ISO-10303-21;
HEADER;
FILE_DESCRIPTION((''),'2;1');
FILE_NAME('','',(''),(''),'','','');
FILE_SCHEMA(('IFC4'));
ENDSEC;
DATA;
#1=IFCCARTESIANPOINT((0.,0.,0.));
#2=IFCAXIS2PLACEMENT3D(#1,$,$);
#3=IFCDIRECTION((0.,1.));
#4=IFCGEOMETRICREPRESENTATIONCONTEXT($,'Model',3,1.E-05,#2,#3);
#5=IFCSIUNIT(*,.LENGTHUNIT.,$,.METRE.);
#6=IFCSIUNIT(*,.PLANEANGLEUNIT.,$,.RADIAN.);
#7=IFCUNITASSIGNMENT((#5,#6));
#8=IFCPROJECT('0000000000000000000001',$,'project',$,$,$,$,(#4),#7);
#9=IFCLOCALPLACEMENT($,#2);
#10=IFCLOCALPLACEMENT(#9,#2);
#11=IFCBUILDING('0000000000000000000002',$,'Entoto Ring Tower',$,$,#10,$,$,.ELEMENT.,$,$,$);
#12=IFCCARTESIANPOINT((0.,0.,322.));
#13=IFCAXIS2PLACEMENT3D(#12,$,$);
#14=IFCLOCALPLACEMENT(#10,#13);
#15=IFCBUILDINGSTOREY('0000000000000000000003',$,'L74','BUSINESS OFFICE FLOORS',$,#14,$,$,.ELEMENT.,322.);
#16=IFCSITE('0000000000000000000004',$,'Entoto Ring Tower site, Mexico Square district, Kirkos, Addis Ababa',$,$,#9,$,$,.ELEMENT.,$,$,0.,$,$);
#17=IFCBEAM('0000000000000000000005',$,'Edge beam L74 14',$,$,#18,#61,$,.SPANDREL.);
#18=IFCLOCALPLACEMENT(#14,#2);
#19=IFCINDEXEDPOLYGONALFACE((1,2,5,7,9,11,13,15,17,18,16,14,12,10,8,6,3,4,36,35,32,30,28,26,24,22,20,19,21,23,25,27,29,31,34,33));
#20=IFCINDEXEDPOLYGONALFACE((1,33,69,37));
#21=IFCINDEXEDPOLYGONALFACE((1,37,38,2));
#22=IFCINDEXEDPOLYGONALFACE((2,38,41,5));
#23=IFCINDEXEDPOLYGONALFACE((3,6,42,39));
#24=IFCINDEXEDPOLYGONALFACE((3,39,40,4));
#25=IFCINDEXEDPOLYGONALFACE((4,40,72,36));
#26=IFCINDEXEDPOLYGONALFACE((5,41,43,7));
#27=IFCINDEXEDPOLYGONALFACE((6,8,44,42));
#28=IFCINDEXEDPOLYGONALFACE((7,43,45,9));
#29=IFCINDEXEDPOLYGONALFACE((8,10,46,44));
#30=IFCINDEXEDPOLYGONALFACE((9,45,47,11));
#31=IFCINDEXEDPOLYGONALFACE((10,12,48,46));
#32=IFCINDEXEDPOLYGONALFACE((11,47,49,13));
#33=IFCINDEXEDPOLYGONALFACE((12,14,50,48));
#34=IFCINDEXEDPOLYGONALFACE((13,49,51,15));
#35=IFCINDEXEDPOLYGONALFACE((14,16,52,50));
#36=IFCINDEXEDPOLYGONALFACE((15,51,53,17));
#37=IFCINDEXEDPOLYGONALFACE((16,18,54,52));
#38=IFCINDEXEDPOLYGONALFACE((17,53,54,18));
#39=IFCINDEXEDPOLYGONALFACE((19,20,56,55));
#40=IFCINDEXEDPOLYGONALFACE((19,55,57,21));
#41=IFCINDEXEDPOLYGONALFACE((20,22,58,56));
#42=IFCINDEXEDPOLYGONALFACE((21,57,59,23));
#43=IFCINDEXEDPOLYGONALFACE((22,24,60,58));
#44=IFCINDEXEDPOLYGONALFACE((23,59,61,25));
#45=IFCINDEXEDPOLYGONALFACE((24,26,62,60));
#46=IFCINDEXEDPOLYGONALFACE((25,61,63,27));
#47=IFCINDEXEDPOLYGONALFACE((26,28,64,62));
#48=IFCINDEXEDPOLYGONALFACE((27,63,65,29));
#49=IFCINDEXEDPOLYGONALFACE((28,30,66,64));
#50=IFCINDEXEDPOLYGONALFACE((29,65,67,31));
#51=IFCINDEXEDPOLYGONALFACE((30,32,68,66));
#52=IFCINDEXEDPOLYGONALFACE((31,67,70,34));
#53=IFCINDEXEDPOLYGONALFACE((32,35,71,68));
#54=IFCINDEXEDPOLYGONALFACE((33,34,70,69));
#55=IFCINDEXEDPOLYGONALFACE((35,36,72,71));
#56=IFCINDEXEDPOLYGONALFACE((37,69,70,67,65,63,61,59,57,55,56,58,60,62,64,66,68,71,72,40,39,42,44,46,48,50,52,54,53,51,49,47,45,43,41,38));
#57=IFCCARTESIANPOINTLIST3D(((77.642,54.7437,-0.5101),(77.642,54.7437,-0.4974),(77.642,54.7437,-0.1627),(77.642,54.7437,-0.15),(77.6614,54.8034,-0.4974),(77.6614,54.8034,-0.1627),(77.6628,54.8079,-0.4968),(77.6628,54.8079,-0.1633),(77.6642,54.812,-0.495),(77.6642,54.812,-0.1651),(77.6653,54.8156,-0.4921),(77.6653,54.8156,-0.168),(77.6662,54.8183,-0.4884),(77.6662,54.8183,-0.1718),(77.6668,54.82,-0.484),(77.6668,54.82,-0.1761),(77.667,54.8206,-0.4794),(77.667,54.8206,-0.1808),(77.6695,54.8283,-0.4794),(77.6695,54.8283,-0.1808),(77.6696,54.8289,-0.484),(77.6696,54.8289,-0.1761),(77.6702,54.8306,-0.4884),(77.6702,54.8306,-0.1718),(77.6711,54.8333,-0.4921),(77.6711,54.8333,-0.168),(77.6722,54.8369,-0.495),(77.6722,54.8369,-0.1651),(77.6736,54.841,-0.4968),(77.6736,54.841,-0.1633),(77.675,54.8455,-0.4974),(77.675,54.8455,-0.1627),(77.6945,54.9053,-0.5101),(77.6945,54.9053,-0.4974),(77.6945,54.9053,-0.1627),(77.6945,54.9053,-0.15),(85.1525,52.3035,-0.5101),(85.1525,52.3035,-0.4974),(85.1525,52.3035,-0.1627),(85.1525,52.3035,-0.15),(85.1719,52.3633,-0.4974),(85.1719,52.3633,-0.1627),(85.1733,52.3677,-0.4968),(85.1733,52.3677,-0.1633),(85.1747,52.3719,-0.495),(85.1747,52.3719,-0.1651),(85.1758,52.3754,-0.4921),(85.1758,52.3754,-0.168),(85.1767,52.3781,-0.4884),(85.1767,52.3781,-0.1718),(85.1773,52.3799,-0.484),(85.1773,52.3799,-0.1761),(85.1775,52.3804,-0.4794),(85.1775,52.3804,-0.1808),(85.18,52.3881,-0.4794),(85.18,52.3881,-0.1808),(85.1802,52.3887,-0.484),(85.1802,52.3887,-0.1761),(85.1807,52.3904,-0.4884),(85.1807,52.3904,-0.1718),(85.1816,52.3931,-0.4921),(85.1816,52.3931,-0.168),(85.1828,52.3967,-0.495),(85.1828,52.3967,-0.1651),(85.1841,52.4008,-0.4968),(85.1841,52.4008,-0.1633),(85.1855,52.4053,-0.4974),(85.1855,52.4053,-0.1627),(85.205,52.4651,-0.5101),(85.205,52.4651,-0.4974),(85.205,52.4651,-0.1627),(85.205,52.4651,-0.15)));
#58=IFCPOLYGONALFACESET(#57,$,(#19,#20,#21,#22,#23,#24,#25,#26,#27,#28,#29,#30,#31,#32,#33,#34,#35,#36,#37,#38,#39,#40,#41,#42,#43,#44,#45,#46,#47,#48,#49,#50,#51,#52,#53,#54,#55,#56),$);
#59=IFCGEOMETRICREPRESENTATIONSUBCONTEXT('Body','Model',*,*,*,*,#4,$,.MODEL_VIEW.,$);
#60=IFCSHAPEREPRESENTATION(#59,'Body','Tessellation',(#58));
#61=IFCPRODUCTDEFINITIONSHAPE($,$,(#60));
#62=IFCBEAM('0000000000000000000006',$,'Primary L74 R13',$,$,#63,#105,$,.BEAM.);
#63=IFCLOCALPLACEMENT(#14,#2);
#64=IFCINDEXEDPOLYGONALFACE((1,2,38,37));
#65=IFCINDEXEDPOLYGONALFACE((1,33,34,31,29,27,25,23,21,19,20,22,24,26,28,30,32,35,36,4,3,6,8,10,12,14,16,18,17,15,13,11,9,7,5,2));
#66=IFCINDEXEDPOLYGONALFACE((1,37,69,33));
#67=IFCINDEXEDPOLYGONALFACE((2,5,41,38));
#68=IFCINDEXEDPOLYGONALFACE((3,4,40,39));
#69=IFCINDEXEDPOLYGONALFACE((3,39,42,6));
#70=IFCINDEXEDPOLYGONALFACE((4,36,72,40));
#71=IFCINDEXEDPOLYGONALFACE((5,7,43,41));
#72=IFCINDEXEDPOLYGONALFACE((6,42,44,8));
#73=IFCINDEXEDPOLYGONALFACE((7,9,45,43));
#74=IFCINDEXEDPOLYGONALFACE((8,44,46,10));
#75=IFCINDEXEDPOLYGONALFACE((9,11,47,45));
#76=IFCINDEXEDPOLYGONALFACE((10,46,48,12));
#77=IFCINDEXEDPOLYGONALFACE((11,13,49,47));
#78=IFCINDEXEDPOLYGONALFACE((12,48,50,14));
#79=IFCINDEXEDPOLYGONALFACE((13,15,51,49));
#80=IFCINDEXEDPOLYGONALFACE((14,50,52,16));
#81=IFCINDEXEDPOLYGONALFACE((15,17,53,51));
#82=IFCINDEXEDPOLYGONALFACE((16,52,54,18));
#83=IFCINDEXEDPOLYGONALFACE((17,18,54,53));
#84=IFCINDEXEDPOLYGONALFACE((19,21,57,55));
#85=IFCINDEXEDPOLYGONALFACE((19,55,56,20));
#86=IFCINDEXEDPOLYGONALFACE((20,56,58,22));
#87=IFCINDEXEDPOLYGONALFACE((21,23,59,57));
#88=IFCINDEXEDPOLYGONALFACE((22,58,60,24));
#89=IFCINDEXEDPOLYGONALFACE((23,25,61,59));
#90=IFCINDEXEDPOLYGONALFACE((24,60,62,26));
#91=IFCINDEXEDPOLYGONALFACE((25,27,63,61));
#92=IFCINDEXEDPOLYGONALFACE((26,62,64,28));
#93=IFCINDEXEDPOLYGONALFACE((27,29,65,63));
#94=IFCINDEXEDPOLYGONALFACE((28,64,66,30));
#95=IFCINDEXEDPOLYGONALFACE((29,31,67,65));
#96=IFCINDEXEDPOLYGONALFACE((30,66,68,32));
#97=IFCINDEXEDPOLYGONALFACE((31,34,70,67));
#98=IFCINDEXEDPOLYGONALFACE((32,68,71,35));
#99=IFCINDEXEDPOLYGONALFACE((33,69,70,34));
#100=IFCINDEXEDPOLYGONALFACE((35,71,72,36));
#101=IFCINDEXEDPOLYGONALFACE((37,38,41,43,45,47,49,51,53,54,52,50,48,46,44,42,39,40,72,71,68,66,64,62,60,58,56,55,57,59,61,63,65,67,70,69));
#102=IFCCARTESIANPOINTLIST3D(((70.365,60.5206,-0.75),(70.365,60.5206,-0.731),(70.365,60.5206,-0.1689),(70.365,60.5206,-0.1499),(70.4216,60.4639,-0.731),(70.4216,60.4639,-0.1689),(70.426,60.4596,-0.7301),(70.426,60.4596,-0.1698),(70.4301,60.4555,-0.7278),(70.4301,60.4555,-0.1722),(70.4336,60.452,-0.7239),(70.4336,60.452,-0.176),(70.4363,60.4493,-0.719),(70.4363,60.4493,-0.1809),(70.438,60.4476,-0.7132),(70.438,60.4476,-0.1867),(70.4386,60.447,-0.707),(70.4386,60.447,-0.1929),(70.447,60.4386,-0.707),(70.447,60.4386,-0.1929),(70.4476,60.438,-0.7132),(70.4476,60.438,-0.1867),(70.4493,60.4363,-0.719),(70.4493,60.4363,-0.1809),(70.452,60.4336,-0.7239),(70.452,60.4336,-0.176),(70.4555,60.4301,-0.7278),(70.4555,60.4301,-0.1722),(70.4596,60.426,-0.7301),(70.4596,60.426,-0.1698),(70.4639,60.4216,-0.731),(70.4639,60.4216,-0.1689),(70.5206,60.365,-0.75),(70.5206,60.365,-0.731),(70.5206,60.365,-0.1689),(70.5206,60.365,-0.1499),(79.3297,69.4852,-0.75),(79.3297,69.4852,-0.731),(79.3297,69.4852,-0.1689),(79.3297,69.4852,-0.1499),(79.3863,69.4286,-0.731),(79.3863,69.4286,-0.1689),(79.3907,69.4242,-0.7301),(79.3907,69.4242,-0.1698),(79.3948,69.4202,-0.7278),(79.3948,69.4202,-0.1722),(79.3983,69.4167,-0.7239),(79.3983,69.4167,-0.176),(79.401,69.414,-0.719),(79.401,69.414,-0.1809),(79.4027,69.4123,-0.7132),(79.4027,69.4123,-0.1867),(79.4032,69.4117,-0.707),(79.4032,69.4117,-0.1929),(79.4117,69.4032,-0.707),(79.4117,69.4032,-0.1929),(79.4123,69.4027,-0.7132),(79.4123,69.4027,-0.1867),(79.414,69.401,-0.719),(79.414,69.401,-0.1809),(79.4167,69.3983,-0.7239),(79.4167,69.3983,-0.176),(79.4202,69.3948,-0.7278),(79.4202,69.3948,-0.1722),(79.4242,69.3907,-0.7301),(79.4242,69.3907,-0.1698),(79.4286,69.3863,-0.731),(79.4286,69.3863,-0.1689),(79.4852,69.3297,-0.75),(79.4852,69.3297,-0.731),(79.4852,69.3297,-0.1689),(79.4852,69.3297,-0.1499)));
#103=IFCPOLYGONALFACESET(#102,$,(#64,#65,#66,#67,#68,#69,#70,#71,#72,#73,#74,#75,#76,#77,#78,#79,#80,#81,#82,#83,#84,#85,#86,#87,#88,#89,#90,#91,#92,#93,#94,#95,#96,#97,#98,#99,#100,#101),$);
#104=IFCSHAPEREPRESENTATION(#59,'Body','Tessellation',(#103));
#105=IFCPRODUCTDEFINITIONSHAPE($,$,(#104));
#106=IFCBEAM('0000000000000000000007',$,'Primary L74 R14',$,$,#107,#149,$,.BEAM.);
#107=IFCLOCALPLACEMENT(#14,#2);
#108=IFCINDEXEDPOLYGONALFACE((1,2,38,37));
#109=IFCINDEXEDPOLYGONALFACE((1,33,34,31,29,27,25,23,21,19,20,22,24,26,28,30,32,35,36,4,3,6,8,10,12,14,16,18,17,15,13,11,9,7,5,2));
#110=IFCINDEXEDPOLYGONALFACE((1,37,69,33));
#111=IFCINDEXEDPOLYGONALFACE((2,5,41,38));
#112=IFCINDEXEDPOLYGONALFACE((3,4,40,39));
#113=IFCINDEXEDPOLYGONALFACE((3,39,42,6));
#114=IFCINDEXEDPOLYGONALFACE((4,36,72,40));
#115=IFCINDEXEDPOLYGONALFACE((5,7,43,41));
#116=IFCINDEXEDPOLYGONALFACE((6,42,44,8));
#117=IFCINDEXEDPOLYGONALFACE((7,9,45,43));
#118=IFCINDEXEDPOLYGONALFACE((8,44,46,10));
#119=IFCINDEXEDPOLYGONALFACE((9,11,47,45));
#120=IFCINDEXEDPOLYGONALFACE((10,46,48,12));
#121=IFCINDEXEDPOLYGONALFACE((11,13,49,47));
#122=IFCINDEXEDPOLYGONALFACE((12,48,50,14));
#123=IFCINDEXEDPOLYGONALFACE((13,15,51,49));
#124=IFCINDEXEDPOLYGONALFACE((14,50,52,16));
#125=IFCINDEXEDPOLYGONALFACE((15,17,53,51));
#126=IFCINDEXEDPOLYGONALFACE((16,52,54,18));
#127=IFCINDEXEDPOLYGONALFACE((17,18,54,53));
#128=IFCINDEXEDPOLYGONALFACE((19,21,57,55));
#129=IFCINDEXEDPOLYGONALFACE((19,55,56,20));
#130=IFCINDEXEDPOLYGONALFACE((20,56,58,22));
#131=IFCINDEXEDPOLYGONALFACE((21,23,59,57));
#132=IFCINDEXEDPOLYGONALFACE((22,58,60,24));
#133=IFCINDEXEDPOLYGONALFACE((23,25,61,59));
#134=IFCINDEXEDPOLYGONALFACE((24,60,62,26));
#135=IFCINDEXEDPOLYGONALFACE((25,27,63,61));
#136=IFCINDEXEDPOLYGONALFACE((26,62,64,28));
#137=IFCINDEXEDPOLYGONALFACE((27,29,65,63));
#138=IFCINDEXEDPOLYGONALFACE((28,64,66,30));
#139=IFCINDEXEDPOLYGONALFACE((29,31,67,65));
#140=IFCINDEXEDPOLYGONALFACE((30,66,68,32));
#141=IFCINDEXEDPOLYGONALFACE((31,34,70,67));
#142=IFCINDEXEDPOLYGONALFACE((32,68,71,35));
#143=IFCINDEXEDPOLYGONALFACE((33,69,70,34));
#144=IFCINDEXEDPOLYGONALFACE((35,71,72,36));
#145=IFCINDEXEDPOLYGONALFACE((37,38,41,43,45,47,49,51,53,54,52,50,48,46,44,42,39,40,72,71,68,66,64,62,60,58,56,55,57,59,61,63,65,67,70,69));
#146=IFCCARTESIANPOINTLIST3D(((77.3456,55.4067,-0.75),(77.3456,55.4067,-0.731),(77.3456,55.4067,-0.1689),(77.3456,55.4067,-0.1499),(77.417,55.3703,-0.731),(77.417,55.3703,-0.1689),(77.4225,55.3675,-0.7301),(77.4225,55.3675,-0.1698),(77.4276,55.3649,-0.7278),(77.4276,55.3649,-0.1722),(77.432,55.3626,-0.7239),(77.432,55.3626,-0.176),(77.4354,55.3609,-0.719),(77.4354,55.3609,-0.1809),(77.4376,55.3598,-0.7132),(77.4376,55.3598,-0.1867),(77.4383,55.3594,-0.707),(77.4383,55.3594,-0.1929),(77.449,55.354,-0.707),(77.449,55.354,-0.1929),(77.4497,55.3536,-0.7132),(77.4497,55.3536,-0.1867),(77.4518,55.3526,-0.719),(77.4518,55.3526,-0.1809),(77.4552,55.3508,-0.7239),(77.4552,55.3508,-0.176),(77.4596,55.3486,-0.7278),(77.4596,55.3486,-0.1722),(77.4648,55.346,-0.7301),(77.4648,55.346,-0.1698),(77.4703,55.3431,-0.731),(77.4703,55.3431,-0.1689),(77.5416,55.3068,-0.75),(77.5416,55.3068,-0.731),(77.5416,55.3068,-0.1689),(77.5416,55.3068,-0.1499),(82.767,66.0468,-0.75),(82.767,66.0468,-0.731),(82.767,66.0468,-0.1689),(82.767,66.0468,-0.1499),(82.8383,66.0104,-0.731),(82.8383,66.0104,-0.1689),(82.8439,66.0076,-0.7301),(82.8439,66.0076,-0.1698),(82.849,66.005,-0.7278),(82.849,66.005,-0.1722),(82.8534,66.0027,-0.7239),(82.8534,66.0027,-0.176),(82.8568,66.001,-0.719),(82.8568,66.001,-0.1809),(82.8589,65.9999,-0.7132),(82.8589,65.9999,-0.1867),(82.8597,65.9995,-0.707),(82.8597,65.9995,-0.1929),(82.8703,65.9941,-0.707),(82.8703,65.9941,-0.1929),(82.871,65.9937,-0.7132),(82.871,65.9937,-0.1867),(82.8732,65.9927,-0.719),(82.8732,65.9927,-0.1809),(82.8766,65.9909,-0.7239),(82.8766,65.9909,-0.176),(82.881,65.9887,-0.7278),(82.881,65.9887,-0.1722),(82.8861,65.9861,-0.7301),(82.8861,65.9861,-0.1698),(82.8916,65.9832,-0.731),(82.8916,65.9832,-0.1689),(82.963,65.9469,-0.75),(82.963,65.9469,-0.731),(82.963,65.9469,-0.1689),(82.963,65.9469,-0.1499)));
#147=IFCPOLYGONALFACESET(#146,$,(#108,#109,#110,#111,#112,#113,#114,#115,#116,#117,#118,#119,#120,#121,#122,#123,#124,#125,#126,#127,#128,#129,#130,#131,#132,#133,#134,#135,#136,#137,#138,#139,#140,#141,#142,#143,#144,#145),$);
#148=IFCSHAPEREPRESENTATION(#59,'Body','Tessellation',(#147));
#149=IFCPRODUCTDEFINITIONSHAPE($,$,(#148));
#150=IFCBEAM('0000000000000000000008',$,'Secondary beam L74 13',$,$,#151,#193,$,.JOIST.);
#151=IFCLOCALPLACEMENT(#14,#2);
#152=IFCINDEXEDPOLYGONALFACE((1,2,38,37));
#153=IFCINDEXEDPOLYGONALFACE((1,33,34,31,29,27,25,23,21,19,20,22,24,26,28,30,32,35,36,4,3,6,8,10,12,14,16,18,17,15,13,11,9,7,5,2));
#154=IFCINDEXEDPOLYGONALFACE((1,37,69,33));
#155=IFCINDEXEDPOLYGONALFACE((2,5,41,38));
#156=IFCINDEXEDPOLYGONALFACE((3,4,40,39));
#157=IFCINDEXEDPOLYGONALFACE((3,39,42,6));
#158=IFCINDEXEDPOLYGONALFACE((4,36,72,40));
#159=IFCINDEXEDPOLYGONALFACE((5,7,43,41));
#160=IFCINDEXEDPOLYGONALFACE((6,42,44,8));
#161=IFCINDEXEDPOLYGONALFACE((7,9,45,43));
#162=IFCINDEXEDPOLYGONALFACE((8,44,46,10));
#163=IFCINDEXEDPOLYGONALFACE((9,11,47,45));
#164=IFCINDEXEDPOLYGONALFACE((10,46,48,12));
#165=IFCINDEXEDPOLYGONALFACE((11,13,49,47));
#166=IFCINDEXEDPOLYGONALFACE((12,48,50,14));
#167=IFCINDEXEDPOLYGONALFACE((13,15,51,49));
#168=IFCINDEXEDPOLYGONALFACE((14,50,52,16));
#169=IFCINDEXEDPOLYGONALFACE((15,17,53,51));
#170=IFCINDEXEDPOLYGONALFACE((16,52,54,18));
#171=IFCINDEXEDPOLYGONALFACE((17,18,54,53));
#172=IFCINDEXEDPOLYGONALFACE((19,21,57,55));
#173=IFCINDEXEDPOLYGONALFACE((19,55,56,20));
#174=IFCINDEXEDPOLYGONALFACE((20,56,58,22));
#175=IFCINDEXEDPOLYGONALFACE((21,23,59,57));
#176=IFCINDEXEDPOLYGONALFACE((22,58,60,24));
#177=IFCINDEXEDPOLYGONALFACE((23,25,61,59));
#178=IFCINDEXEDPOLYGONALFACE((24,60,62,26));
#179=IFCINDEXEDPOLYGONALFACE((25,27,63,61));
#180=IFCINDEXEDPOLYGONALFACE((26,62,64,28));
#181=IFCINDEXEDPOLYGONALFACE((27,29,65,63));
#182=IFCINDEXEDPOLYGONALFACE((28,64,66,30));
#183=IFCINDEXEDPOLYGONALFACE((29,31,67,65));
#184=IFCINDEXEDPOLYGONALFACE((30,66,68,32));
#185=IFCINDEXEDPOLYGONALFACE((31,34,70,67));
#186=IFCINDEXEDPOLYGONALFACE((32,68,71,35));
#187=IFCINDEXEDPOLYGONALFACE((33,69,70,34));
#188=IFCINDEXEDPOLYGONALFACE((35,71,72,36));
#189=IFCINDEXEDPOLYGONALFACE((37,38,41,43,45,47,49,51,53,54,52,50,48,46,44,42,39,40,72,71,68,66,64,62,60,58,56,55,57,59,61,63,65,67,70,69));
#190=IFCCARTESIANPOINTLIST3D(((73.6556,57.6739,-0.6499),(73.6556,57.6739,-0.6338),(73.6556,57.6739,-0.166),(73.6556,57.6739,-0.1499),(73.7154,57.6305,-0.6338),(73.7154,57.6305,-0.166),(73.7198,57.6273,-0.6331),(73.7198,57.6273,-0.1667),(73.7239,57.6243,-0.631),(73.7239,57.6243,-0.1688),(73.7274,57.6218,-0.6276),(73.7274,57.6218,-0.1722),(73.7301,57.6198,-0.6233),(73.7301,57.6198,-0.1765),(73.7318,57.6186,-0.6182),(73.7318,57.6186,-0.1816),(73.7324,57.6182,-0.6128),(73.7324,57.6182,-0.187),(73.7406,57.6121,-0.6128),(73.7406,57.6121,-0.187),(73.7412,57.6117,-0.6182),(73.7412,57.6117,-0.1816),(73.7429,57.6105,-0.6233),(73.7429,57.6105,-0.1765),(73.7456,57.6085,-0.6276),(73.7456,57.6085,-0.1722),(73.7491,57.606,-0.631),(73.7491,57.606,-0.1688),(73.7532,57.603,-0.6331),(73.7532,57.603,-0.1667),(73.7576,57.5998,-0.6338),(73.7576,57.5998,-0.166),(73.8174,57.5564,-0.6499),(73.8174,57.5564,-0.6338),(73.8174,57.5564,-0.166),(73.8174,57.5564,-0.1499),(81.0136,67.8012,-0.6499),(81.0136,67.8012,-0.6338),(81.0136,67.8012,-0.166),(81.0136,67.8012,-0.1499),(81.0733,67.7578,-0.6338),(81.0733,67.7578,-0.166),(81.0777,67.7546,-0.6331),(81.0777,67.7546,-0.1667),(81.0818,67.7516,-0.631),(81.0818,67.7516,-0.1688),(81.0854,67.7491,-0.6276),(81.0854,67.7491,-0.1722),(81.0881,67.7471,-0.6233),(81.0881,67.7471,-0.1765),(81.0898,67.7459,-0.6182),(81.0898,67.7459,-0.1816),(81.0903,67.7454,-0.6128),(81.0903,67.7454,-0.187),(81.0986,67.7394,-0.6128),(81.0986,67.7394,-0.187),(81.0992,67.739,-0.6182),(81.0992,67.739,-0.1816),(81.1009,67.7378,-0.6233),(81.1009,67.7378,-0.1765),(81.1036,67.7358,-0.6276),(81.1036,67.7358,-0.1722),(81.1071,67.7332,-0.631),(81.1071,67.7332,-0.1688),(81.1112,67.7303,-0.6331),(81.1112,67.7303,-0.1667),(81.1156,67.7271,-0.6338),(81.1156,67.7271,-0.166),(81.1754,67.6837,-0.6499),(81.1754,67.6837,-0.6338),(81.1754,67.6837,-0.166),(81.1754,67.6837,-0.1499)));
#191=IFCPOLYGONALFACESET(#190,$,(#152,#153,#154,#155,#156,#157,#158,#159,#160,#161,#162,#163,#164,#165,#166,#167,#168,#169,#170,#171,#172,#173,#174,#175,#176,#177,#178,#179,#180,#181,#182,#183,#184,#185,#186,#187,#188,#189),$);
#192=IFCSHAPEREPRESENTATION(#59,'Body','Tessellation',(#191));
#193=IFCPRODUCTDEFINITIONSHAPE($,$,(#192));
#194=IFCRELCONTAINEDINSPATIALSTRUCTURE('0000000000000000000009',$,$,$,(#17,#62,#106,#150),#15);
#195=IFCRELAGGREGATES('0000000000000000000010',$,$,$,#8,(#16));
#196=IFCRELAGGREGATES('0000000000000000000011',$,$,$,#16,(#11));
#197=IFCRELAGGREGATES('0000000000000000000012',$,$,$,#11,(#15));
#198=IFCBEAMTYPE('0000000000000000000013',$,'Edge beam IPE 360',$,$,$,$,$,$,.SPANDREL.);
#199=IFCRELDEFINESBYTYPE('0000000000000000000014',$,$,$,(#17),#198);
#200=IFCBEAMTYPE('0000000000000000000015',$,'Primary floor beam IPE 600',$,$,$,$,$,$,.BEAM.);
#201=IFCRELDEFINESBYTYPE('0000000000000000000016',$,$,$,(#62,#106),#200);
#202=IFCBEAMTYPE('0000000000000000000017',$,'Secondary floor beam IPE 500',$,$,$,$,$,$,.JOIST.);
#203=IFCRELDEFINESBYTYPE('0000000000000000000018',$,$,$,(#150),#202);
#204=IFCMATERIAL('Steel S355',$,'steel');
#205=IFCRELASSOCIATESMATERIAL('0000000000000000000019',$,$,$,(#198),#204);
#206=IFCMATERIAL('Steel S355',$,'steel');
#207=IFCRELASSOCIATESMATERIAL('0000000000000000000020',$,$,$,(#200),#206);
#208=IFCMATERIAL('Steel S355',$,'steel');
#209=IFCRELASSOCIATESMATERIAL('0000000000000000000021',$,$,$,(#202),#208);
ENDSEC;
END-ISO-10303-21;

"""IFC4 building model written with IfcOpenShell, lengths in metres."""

from ifc_helpers import new_model, si_unit, direction, frame, origin, origin_2d, place, context, subcontext, project, spatial, i_section, extrude, material, material_profile, profile_set, type_object, element, save


model = new_model("IFC4")

# Units and contexts
model_context = context("Model", 3, precision=1e-05, world=origin(), true_north=direction((0.0, 1.0)))
body_context = subcontext(model_context, "Body", "Model", "MODEL_VIEW")
ifc_project = project(units=[si_unit("LENGTHUNIT", "METRE"), si_unit("PLANEANGLEUNIT", "RADIAN")], contexts=[model_context])

# Site, building, storey
site_placement = place(None, origin())
site = spatial("IfcSite", under=ifc_project, at=site_placement, Name="Entoto Ring Tower site, Mexico Square district, Kirkos, Addis Ababa", CompositionType="ELEMENT", RefElevation=0.0)
building_placement = place(site_placement, origin())
building = spatial("IfcBuilding", under=site, at=building_placement, Name="Entoto Ring Tower", CompositionType="ELEMENT")
storey_placement = place(building_placement, frame((0.0, 0.0, 322.0)))
storey = spatial("IfcBuildingStorey", under=building, at=storey_placement, Name="L74", Description="BUSINESS OFFICE FLOORS", CompositionType="ELEMENT", Elevation=322.0)

# Beams
ifc_material_1 = material(Name="Steel S355", Category="steel")
ifc_material_profile_1 = material_profile(ifc_material_1, i_section(OverallWidth=0.1699, OverallDepth=0.3601, WebThickness=0.0081, FlangeThickness=0.0127, FilletRadius=0.0181, at=origin_2d()), Name="IPE 360")
ifc_profile_set_1 = profile_set([ifc_material_profile_1], Name="Steel S355")
beam_type_1 = type_object("IfcBeamType", Name="Edge beam IPE 360", PredefinedType="SPANDREL", material=ifc_profile_set_1)
beam_1_placement = place(storey_placement, frame((77.6682, 54.8245, -0.3301), z_axis=(0.951061, -0.309003, 0.0), x_axis=(0.309003, 0.951061, 0.0)))
element("IfcBeam", 1, at=beam_1_placement, inside=storey, type_object=beam_type_1, Name="Edge beam L74 14", PredefinedType="SPANDREL", context=body_context, shape_type="SweptSolid", body=[
    extrude(i_section(OverallWidth=0.1699, OverallDepth=0.3601, WebThickness=0.0081, FlangeThickness=0.0127, FilletRadius=0.0181, at=origin_2d()), origin(), (0.0, 0.0, 1.0), 7.897),
])
ifc_material_2 = material(Name="Steel S355", Category="steel")
ifc_material_profile_2 = material_profile(ifc_material_2, i_section(OverallWidth=0.22, OverallDepth=0.6001, WebThickness=0.012, FlangeThickness=0.019, FilletRadius=0.0239, at=origin_2d()), Name="IPE 600")
ifc_profile_set_2 = profile_set([ifc_material_profile_2], Name="Steel S355")
beam_type_2 = type_object("IfcBeamType", Name="Primary floor beam IPE 600", PredefinedType="BEAM", material=ifc_profile_set_2)
beam_2_placement = place(storey_placement, frame((79.4075, 69.4075, -0.45), z_axis=(-0.707107, -0.707107, 0.0), x_axis=(0.707107, -0.707107, 0.0)))
element("IfcBeam", 2, at=beam_2_placement, inside=storey, type_object=beam_type_2, Name="Primary L74 R13", PredefinedType="BEAM", context=body_context, shape_type="SweptSolid", body=[
    extrude(i_section(OverallWidth=0.22, OverallDepth=0.6001, WebThickness=0.012, FlangeThickness=0.019, FilletRadius=0.0239, at=origin_2d()), origin(), (0.0, 0.0, 1.0), 12.678),
])
beam_3_placement = place(storey_placement, frame((82.865, 65.9968, -0.45), z_axis=(-0.453988, -0.891008, 0.0), x_axis=(0.891008, -0.453988, 0.0)))
element("IfcBeam", 3, at=beam_3_placement, inside=storey, type_object=beam_type_2, Name="Primary L74 R14", PredefinedType="BEAM", context=body_context, shape_type="SweptSolid", body=[
    extrude(i_section(OverallWidth=0.22, OverallDepth=0.6001, WebThickness=0.012, FlangeThickness=0.019, FilletRadius=0.0239, at=origin_2d()), origin(), (0.0, 0.0, 1.0), 11.9417),
])
ifc_material_3 = material(Name="Steel S355", Category="steel")
ifc_material_profile_3 = material_profile(ifc_material_3, i_section(OverallWidth=0.2, OverallDepth=0.5, WebThickness=0.0103, FlangeThickness=0.0161, FilletRadius=0.021, at=origin_2d()), Name="IPE 500")
ifc_profile_set_3 = profile_set([ifc_material_profile_3], Name="Steel S355")
beam_type_3 = type_object("IfcBeamType", Name="Secondary floor beam IPE 500", PredefinedType="JOIST", material=ifc_profile_set_3)
beam_4_placement = place(storey_placement, frame((81.0945, 67.7424, -0.3999), z_axis=(-0.587789, -0.809014, 0.0), x_axis=(0.809014, -0.587789, 0.0)))
element("IfcBeam", 4, at=beam_4_placement, inside=storey, type_object=beam_type_3, Name="Secondary beam L74 13", PredefinedType="JOIST", context=body_context, shape_type="SweptSolid", body=[
    extrude(i_section(OverallWidth=0.2, OverallDepth=0.5, WebThickness=0.0103, FlangeThickness=0.0161, FilletRadius=0.021, at=origin_2d()), origin(), (0.0, 0.0, 1.0), 12.5181),
])

save(model, "model.ifc")
